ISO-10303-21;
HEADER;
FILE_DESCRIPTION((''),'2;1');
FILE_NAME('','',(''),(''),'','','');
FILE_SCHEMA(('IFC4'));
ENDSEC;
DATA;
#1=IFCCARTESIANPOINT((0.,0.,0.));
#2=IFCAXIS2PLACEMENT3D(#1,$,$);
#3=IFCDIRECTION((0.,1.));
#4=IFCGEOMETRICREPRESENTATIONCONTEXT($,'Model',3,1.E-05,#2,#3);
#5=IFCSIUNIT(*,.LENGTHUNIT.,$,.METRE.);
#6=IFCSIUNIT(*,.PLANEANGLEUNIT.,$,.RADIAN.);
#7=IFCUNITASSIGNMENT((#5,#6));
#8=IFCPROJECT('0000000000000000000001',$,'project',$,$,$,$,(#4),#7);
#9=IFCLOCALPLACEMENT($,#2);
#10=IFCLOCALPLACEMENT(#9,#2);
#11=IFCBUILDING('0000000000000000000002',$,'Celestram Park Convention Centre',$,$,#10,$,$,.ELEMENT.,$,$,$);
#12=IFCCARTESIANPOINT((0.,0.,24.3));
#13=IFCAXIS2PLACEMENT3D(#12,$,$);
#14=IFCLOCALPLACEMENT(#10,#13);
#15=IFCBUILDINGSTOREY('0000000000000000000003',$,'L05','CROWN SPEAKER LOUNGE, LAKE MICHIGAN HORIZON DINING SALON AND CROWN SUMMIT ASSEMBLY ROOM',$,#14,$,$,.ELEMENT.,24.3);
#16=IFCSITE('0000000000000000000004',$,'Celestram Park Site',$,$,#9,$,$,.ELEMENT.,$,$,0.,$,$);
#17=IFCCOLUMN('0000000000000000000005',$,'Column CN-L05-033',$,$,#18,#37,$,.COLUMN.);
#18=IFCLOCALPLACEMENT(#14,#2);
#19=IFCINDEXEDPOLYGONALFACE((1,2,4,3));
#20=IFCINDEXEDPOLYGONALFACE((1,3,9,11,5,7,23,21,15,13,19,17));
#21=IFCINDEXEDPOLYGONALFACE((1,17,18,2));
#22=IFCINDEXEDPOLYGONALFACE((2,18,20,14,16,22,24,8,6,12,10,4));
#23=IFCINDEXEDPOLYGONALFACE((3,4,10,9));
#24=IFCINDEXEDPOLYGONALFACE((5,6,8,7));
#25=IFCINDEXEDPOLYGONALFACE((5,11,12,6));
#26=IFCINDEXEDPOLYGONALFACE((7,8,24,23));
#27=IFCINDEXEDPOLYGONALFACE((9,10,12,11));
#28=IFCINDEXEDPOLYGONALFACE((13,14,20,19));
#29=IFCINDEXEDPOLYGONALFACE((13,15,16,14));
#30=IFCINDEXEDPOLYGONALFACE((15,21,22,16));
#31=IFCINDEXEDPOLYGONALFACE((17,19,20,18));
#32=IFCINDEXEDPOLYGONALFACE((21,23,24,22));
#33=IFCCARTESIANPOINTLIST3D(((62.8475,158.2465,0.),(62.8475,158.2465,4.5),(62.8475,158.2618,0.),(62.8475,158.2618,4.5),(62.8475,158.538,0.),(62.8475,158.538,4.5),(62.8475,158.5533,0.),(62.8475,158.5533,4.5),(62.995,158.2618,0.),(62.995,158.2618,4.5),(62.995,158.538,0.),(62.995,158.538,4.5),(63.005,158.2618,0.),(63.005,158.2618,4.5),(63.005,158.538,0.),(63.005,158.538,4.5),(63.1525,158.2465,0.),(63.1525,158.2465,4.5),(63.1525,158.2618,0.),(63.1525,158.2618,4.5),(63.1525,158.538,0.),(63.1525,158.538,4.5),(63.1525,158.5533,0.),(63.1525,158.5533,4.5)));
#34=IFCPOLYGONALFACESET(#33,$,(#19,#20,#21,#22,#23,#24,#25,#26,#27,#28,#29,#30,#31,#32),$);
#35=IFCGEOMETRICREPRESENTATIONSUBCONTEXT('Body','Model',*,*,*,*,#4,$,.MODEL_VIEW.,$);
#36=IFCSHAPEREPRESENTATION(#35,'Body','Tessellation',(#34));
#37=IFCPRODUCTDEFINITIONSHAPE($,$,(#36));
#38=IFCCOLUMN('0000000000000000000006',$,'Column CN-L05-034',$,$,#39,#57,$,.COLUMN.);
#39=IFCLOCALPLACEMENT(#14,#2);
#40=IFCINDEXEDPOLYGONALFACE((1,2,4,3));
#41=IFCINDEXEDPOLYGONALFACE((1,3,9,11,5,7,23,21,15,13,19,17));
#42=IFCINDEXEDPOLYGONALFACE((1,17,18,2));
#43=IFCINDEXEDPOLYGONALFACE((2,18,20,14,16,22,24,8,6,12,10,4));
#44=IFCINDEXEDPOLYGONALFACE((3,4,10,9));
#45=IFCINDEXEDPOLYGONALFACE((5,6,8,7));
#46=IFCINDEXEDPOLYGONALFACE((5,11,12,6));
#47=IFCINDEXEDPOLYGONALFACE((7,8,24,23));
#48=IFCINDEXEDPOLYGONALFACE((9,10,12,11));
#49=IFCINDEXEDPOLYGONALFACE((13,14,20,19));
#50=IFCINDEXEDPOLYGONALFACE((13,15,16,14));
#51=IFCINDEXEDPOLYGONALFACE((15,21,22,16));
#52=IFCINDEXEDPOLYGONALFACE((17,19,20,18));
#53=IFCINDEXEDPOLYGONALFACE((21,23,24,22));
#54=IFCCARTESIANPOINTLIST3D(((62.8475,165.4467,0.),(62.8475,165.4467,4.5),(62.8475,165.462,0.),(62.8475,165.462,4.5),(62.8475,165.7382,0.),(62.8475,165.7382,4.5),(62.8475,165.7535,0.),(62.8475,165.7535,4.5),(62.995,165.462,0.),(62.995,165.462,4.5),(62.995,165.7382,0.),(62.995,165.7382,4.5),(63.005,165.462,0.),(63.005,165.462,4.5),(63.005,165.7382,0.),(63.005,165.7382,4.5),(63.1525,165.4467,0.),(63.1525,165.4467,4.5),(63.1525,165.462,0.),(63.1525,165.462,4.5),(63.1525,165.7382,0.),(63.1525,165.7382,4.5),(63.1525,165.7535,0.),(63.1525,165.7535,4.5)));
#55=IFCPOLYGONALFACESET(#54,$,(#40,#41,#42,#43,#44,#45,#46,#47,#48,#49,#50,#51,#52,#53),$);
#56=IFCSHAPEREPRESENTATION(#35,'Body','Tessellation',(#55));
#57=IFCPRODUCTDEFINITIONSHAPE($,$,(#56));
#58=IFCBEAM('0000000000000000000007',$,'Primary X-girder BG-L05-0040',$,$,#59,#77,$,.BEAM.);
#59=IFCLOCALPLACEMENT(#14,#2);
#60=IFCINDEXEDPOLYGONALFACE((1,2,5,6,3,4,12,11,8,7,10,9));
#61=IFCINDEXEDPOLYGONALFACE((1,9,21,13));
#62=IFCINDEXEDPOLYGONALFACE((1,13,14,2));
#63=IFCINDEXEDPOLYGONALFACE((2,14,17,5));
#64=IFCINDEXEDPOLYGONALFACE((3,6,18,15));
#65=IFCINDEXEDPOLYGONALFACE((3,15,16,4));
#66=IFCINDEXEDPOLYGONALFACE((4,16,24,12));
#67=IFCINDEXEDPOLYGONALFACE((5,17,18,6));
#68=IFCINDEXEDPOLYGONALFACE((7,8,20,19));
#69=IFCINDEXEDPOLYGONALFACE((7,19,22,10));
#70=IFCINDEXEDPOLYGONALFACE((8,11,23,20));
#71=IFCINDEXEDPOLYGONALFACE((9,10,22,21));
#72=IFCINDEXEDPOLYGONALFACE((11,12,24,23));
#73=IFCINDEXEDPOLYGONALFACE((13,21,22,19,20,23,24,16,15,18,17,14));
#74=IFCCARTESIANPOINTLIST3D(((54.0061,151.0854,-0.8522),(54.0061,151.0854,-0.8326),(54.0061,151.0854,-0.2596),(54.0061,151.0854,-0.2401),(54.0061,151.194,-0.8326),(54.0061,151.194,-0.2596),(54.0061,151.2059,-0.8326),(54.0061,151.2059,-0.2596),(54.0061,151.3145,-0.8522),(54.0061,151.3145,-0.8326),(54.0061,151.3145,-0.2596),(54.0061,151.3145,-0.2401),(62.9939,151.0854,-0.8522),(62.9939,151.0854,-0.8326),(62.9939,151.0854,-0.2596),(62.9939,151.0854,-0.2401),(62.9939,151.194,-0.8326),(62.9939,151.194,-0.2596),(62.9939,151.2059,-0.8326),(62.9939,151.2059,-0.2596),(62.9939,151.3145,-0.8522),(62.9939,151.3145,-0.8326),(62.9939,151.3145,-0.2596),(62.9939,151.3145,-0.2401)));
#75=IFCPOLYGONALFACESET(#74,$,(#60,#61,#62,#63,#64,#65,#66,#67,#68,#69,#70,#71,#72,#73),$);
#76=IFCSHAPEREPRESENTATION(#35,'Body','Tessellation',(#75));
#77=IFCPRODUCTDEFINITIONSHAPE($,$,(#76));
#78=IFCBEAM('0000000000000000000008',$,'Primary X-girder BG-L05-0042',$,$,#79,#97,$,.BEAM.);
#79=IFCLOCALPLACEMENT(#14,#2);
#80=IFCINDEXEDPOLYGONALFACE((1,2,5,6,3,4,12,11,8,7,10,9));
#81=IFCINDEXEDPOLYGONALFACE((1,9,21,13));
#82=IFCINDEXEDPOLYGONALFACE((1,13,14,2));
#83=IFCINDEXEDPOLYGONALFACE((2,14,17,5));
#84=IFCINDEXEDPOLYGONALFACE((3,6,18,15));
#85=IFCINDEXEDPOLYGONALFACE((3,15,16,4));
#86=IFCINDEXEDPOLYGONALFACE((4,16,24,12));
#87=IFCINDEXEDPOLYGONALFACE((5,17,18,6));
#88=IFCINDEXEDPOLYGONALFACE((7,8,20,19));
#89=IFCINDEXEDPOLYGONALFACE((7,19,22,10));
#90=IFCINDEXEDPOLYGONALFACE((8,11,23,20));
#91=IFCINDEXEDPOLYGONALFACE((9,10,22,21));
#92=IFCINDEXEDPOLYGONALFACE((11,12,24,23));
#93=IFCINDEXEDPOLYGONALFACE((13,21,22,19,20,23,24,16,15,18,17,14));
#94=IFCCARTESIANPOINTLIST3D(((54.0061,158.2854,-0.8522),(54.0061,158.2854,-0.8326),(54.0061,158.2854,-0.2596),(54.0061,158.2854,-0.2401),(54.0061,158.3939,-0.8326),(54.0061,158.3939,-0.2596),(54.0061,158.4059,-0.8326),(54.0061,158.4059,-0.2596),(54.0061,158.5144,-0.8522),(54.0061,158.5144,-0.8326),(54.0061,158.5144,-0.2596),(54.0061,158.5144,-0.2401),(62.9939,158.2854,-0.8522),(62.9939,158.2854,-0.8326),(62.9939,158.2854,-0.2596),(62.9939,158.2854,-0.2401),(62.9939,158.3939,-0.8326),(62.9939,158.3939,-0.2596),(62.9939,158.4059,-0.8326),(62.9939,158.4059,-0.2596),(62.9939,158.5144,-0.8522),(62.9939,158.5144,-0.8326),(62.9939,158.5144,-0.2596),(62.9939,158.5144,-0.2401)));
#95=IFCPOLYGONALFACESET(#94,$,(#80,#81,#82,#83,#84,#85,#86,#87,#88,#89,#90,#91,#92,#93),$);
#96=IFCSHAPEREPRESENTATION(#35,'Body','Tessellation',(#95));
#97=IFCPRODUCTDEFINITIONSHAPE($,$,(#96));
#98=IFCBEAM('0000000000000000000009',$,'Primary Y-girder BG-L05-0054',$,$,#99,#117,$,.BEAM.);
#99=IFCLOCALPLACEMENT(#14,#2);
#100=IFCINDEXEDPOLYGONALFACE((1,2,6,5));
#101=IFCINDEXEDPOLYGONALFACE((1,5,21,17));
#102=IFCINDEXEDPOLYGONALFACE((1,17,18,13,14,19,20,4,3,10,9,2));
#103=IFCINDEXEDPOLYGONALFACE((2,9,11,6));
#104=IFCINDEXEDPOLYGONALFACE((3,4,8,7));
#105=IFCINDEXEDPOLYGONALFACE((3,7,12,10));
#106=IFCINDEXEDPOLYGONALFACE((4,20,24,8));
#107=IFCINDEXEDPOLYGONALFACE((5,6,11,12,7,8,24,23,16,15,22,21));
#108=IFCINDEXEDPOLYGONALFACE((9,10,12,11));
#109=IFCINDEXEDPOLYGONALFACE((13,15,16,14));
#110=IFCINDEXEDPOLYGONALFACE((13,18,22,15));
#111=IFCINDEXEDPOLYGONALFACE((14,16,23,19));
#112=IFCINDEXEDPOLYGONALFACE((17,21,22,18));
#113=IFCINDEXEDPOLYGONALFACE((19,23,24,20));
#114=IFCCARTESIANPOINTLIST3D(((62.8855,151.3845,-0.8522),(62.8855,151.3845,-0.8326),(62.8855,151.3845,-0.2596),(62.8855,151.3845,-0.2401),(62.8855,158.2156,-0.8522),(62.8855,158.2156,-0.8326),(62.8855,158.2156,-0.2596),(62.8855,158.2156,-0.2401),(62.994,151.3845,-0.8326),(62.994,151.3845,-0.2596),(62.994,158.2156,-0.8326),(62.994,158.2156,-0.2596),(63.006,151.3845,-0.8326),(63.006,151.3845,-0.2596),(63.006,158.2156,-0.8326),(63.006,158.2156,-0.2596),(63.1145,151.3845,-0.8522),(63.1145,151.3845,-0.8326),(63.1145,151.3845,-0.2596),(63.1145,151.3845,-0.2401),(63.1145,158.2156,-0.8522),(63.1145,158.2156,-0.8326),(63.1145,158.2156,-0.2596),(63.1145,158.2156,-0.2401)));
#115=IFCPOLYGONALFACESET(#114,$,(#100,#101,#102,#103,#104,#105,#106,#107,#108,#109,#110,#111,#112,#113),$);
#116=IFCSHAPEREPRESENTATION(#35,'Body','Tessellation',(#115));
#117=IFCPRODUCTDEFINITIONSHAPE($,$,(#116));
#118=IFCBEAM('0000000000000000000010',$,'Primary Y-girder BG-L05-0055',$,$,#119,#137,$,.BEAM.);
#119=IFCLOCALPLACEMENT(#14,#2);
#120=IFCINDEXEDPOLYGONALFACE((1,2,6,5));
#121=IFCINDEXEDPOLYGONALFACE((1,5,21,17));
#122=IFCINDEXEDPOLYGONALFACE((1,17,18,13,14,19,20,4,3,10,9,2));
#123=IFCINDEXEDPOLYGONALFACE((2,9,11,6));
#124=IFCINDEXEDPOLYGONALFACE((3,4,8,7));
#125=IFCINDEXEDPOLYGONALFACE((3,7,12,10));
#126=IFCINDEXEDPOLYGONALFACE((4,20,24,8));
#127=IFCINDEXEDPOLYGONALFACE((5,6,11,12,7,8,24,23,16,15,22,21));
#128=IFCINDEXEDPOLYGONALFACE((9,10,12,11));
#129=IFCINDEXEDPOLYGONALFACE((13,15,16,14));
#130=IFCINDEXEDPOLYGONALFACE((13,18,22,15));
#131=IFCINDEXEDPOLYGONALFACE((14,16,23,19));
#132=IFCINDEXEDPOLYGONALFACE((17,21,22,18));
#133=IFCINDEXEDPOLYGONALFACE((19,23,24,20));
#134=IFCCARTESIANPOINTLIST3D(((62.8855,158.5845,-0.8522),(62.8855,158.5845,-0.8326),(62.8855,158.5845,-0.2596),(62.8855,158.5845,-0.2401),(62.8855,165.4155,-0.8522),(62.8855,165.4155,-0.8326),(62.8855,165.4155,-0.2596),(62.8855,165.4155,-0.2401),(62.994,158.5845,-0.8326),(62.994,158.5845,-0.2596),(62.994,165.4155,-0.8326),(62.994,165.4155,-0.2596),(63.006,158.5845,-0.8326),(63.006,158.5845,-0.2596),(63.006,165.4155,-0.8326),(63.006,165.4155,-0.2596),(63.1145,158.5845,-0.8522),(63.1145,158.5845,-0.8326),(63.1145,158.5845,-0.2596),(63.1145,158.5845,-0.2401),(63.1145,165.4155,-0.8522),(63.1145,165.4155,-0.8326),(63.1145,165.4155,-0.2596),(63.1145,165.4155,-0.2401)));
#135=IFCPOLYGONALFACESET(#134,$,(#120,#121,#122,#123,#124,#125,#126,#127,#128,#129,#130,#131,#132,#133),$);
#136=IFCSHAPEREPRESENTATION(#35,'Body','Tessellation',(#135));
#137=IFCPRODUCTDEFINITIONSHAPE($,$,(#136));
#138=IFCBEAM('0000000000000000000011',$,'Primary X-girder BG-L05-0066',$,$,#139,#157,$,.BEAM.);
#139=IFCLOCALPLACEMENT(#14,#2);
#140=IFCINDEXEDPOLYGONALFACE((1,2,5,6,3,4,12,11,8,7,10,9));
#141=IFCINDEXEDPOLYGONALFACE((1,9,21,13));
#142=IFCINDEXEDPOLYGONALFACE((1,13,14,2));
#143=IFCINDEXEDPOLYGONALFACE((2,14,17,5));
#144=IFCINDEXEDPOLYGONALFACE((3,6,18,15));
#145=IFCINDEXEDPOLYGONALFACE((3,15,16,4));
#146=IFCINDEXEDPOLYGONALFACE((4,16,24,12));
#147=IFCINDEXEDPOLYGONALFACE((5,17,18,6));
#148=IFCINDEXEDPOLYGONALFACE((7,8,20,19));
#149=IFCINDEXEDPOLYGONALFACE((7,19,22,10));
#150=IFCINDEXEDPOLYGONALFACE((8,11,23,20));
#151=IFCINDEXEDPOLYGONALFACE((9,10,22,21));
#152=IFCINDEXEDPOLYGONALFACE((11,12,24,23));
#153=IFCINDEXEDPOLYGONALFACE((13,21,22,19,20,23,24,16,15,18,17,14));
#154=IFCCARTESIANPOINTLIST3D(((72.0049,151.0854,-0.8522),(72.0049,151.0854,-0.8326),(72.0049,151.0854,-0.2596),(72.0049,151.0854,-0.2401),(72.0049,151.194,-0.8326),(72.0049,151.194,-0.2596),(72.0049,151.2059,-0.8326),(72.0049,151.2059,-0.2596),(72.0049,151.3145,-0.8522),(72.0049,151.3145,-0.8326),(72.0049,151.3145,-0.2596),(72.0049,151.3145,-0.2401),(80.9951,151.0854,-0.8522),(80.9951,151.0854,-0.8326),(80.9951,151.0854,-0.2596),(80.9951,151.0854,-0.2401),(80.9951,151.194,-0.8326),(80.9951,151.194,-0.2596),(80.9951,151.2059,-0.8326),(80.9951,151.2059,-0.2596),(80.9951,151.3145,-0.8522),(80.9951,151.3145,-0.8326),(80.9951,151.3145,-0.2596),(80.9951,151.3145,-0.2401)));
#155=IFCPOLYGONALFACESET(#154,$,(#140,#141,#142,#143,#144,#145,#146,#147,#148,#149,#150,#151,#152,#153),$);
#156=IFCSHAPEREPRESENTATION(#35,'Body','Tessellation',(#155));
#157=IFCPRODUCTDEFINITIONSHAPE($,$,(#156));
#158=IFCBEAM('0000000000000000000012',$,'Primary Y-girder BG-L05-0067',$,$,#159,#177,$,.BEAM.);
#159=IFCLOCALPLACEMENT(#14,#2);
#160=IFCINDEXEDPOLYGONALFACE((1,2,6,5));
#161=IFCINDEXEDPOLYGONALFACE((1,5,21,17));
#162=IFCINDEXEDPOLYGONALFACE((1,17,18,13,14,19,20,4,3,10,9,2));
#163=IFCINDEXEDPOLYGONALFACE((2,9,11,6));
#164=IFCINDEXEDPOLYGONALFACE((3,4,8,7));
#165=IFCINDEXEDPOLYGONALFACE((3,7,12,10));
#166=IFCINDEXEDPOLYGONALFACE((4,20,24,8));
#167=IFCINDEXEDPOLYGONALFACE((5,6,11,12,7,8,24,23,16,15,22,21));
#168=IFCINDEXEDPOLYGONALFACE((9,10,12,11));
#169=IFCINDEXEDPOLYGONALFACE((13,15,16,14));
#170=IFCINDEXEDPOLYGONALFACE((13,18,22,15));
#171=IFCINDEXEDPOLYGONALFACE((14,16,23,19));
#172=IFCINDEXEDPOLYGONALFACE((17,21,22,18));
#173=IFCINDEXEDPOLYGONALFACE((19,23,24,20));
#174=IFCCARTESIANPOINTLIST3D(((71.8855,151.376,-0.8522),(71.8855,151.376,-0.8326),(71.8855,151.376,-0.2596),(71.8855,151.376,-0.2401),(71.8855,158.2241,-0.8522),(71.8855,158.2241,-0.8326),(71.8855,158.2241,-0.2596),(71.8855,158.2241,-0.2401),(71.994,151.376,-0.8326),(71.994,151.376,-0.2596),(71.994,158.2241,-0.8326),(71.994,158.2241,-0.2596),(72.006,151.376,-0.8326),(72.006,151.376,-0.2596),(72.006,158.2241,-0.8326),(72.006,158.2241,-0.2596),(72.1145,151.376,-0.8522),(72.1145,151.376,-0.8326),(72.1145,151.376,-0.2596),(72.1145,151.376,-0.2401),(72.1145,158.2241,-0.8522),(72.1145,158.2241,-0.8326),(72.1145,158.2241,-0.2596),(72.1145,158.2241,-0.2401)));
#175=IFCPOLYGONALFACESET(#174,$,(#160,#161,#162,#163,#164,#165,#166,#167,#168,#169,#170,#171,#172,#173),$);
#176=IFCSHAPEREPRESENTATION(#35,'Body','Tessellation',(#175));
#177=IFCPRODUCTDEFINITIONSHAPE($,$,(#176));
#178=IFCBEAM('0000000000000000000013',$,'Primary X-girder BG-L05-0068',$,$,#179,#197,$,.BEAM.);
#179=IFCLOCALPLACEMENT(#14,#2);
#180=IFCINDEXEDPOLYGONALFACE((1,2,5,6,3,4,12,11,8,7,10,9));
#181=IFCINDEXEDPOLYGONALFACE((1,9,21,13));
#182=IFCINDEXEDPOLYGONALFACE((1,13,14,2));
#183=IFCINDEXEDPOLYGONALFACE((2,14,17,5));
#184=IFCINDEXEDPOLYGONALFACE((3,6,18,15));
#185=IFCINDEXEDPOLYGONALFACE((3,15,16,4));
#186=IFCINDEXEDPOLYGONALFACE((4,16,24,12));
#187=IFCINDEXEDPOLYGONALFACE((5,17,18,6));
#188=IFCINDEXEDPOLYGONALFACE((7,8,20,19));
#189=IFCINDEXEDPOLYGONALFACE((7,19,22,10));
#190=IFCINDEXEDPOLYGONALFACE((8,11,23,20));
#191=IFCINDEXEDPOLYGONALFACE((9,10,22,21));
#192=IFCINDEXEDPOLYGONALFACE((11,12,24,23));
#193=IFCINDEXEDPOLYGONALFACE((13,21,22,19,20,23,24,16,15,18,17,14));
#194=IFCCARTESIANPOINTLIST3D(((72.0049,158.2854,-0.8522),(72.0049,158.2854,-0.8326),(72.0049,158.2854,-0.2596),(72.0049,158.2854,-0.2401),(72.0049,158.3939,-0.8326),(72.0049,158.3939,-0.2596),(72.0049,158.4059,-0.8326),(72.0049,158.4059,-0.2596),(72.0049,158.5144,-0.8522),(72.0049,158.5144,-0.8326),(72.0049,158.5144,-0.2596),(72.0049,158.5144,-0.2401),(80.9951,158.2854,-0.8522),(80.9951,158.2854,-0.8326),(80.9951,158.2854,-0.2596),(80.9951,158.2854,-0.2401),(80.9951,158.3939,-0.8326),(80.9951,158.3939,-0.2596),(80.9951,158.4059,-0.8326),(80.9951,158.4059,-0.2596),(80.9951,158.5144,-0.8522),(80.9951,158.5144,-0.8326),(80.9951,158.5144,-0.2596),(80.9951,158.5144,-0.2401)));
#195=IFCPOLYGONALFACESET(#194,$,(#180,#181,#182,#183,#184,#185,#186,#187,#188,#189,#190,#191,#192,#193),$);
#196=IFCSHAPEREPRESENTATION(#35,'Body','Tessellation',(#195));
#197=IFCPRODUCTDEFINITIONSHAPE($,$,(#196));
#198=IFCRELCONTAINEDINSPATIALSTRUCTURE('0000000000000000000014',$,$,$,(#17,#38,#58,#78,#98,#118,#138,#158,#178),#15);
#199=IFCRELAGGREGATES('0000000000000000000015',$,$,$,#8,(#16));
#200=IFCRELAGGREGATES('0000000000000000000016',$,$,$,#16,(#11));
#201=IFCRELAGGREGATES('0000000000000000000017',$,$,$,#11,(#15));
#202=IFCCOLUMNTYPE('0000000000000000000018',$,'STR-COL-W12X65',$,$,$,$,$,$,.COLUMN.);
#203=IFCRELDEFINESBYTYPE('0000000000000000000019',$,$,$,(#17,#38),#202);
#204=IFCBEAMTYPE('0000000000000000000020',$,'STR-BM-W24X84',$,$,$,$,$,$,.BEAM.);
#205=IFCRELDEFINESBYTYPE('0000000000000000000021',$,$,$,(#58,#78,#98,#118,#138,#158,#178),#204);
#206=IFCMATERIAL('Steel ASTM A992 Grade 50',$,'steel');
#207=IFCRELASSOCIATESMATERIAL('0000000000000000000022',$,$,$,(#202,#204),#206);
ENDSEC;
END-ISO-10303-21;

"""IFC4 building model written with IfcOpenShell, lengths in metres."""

from ifc_helpers import new_model, si_unit, direction, frame, origin, origin_2d, place, context, subcontext, project, spatial, i_section, extrude, material, material_profile, profile_set, type_object, element, save


model = new_model("IFC4")

# Units and contexts
model_context = context("Model", 3, precision=1e-05, world=origin(), true_north=direction((0.0, 1.0)))
body_context = subcontext(model_context, "Body", "Model", "MODEL_VIEW")
ifc_project = project(units=[si_unit("LENGTHUNIT", "METRE"), si_unit("PLANEANGLEUNIT", "RADIAN")], contexts=[model_context])

# Site, building, storey
site_placement = place(None, origin())
site = spatial("IfcSite", under=ifc_project, at=site_placement, Name="Celestram Park Site", CompositionType="ELEMENT", RefElevation=0.0)
building_placement = place(site_placement, origin())
building = spatial("IfcBuilding", under=site, at=building_placement, Name="Celestram Park Convention Centre", CompositionType="ELEMENT")
storey_placement = place(building_placement, frame((0.0, 0.0, 24.3)))
storey = spatial("IfcBuildingStorey", under=building, at=storey_placement, Name="L05", Description="CROWN SPEAKER LOUNGE, LAKE MICHIGAN HORIZON DINING SALON AND CROWN SUMMIT ASSEMBLY ROOM", CompositionType="ELEMENT", Elevation=24.3)

# Columns
ifc_material_1 = material(Name="Steel ASTM A992 Grade 50", Category="steel")
ifc_material_profile_1 = material_profile(ifc_material_1, i_section(OverallWidth=0.3049, OverallDepth=0.3069, WebThickness=0.01, FlangeThickness=0.0154, at=origin_2d()), Name="W12X65")
ifc_profile_set_1 = profile_set([ifc_material_profile_1], Name="Steel ASTM A992 Grade 50")
column_type_1 = type_object("IfcColumnType", Name="STR-COL-W12X65", PredefinedType="COLUMN", material=ifc_profile_set_1)
for number, where, z_axis, x_axis, name in (
    (1, (63.0, 158.3999, 0.0), (0.0, 0.0, 1.0), (1.0, 0.0, 0.0), "Column CN-L05-033"),
    (2, (63.0, 165.6001, 0.0), (0.0, 0.0, 1.0), (1.0, 0.0, 0.0), "Column CN-L05-034"),
):
    element("IfcColumn", number, at=place(storey_placement, frame(where, z_axis=z_axis, x_axis=x_axis)), inside=storey, type_object=column_type_1, Name=name, PredefinedType="COLUMN", context=body_context, shape_type="SweptSolid", body=[
        extrude(i_section(OverallWidth=0.3049, OverallDepth=0.3069, WebThickness=0.01, FlangeThickness=0.0154, at=origin_2d()), origin(), (0.0, 0.0, 1.0), 4.5),
    ])

# Beams
ifc_material_profile_2 = material_profile(ifc_material_1, i_section(OverallWidth=0.229, OverallDepth=0.6121, WebThickness=0.012, FlangeThickness=0.0195, at=origin_2d()), Name="W24X84")
ifc_profile_set_2 = profile_set([ifc_material_profile_2], Name="Steel ASTM A992 Grade 50")
beam_type_1 = type_object("IfcBeamType", Name="STR-BM-W24X84", PredefinedType="BEAM", material=ifc_profile_set_2)
for number, where, z_axis, x_axis, name in (
    (3, (54.0061, 151.2, -0.5461), (1.0, 0.0, 0.0), (0.0, 1.0, 0.0), "Primary X-girder BG-L05-0040"),
    (4, (54.0061, 158.3999, -0.5461), (1.0, 0.0, 0.0), (0.0, 1.0, 0.0), "Primary X-girder BG-L05-0042"),
):
    element("IfcBeam", number, at=place(storey_placement, frame(where, z_axis=z_axis, x_axis=x_axis)), inside=storey, type_object=beam_type_1, Name=name, PredefinedType="BEAM", context=body_context, shape_type="SweptSolid", body=[
        extrude(i_section(OverallWidth=0.229, OverallDepth=0.6121, WebThickness=0.012, FlangeThickness=0.0195, at=origin_2d()), origin(), (0.0, 0.0, 1.0), 8.9878),
    ])
for number, where, z_axis, x_axis, name in (
    (5, (63.0, 151.3845, -0.5461), (0.0, 1.0, 0.0), (-1.0, 0.0, 0.0), "Primary Y-girder BG-L05-0054"),
    (6, (63.0, 158.5845, -0.5461), (0.0, 1.0, 0.0), (-1.0, 0.0, 0.0), "Primary Y-girder BG-L05-0055"),
):
    element("IfcBeam", number, at=place(storey_placement, frame(where, z_axis=z_axis, x_axis=x_axis)), inside=storey, type_object=beam_type_1, Name=name, PredefinedType="BEAM", context=body_context, shape_type="SweptSolid", body=[
        extrude(i_section(OverallWidth=0.229, OverallDepth=0.6121, WebThickness=0.012, FlangeThickness=0.0195, at=origin_2d()), origin(), (0.0, 0.0, 1.0), 6.8311),
    ])
beam_1_placement = place(storey_placement, frame((72.0049, 151.2, -0.5461), z_axis=(1.0, 0.0, 0.0), x_axis=(0.0, 1.0, 0.0)))
element("IfcBeam", 7, at=beam_1_placement, inside=storey, type_object=beam_type_1, Name="Primary X-girder BG-L05-0066", PredefinedType="BEAM", context=body_context, shape_type="SweptSolid", body=[
    extrude(i_section(OverallWidth=0.229, OverallDepth=0.6121, WebThickness=0.012, FlangeThickness=0.0195, at=origin_2d()), origin(), (0.0, 0.0, 1.0), 8.9902),
])
beam_2_placement = place(storey_placement, frame((72.0, 151.376, -0.5461), z_axis=(0.0, 1.0, 0.0), x_axis=(-1.0, 0.0, 0.0)))
element("IfcBeam", 8, at=beam_2_placement, inside=storey, type_object=beam_type_1, Name="Primary Y-girder BG-L05-0067", PredefinedType="BEAM", context=body_context, shape_type="SweptSolid", body=[
    extrude(i_section(OverallWidth=0.229, OverallDepth=0.6121, WebThickness=0.012, FlangeThickness=0.0195, at=origin_2d()), origin(), (0.0, 0.0, 1.0), 6.8481),
])
beam_3_placement = place(storey_placement, frame((72.0049, 158.3999, -0.5461), z_axis=(1.0, 0.0, 0.0), x_axis=(0.0, 1.0, 0.0)))
element("IfcBeam", 9, at=beam_3_placement, inside=storey, type_object=beam_type_1, Name="Primary X-girder BG-L05-0068", PredefinedType="BEAM", context=body_context, shape_type="SweptSolid", body=[
    extrude(i_section(OverallWidth=0.229, OverallDepth=0.6121, WebThickness=0.012, FlangeThickness=0.0195, at=origin_2d()), origin(), (0.0, 0.0, 1.0), 8.9902),
])

save(model, "model.ifc")
